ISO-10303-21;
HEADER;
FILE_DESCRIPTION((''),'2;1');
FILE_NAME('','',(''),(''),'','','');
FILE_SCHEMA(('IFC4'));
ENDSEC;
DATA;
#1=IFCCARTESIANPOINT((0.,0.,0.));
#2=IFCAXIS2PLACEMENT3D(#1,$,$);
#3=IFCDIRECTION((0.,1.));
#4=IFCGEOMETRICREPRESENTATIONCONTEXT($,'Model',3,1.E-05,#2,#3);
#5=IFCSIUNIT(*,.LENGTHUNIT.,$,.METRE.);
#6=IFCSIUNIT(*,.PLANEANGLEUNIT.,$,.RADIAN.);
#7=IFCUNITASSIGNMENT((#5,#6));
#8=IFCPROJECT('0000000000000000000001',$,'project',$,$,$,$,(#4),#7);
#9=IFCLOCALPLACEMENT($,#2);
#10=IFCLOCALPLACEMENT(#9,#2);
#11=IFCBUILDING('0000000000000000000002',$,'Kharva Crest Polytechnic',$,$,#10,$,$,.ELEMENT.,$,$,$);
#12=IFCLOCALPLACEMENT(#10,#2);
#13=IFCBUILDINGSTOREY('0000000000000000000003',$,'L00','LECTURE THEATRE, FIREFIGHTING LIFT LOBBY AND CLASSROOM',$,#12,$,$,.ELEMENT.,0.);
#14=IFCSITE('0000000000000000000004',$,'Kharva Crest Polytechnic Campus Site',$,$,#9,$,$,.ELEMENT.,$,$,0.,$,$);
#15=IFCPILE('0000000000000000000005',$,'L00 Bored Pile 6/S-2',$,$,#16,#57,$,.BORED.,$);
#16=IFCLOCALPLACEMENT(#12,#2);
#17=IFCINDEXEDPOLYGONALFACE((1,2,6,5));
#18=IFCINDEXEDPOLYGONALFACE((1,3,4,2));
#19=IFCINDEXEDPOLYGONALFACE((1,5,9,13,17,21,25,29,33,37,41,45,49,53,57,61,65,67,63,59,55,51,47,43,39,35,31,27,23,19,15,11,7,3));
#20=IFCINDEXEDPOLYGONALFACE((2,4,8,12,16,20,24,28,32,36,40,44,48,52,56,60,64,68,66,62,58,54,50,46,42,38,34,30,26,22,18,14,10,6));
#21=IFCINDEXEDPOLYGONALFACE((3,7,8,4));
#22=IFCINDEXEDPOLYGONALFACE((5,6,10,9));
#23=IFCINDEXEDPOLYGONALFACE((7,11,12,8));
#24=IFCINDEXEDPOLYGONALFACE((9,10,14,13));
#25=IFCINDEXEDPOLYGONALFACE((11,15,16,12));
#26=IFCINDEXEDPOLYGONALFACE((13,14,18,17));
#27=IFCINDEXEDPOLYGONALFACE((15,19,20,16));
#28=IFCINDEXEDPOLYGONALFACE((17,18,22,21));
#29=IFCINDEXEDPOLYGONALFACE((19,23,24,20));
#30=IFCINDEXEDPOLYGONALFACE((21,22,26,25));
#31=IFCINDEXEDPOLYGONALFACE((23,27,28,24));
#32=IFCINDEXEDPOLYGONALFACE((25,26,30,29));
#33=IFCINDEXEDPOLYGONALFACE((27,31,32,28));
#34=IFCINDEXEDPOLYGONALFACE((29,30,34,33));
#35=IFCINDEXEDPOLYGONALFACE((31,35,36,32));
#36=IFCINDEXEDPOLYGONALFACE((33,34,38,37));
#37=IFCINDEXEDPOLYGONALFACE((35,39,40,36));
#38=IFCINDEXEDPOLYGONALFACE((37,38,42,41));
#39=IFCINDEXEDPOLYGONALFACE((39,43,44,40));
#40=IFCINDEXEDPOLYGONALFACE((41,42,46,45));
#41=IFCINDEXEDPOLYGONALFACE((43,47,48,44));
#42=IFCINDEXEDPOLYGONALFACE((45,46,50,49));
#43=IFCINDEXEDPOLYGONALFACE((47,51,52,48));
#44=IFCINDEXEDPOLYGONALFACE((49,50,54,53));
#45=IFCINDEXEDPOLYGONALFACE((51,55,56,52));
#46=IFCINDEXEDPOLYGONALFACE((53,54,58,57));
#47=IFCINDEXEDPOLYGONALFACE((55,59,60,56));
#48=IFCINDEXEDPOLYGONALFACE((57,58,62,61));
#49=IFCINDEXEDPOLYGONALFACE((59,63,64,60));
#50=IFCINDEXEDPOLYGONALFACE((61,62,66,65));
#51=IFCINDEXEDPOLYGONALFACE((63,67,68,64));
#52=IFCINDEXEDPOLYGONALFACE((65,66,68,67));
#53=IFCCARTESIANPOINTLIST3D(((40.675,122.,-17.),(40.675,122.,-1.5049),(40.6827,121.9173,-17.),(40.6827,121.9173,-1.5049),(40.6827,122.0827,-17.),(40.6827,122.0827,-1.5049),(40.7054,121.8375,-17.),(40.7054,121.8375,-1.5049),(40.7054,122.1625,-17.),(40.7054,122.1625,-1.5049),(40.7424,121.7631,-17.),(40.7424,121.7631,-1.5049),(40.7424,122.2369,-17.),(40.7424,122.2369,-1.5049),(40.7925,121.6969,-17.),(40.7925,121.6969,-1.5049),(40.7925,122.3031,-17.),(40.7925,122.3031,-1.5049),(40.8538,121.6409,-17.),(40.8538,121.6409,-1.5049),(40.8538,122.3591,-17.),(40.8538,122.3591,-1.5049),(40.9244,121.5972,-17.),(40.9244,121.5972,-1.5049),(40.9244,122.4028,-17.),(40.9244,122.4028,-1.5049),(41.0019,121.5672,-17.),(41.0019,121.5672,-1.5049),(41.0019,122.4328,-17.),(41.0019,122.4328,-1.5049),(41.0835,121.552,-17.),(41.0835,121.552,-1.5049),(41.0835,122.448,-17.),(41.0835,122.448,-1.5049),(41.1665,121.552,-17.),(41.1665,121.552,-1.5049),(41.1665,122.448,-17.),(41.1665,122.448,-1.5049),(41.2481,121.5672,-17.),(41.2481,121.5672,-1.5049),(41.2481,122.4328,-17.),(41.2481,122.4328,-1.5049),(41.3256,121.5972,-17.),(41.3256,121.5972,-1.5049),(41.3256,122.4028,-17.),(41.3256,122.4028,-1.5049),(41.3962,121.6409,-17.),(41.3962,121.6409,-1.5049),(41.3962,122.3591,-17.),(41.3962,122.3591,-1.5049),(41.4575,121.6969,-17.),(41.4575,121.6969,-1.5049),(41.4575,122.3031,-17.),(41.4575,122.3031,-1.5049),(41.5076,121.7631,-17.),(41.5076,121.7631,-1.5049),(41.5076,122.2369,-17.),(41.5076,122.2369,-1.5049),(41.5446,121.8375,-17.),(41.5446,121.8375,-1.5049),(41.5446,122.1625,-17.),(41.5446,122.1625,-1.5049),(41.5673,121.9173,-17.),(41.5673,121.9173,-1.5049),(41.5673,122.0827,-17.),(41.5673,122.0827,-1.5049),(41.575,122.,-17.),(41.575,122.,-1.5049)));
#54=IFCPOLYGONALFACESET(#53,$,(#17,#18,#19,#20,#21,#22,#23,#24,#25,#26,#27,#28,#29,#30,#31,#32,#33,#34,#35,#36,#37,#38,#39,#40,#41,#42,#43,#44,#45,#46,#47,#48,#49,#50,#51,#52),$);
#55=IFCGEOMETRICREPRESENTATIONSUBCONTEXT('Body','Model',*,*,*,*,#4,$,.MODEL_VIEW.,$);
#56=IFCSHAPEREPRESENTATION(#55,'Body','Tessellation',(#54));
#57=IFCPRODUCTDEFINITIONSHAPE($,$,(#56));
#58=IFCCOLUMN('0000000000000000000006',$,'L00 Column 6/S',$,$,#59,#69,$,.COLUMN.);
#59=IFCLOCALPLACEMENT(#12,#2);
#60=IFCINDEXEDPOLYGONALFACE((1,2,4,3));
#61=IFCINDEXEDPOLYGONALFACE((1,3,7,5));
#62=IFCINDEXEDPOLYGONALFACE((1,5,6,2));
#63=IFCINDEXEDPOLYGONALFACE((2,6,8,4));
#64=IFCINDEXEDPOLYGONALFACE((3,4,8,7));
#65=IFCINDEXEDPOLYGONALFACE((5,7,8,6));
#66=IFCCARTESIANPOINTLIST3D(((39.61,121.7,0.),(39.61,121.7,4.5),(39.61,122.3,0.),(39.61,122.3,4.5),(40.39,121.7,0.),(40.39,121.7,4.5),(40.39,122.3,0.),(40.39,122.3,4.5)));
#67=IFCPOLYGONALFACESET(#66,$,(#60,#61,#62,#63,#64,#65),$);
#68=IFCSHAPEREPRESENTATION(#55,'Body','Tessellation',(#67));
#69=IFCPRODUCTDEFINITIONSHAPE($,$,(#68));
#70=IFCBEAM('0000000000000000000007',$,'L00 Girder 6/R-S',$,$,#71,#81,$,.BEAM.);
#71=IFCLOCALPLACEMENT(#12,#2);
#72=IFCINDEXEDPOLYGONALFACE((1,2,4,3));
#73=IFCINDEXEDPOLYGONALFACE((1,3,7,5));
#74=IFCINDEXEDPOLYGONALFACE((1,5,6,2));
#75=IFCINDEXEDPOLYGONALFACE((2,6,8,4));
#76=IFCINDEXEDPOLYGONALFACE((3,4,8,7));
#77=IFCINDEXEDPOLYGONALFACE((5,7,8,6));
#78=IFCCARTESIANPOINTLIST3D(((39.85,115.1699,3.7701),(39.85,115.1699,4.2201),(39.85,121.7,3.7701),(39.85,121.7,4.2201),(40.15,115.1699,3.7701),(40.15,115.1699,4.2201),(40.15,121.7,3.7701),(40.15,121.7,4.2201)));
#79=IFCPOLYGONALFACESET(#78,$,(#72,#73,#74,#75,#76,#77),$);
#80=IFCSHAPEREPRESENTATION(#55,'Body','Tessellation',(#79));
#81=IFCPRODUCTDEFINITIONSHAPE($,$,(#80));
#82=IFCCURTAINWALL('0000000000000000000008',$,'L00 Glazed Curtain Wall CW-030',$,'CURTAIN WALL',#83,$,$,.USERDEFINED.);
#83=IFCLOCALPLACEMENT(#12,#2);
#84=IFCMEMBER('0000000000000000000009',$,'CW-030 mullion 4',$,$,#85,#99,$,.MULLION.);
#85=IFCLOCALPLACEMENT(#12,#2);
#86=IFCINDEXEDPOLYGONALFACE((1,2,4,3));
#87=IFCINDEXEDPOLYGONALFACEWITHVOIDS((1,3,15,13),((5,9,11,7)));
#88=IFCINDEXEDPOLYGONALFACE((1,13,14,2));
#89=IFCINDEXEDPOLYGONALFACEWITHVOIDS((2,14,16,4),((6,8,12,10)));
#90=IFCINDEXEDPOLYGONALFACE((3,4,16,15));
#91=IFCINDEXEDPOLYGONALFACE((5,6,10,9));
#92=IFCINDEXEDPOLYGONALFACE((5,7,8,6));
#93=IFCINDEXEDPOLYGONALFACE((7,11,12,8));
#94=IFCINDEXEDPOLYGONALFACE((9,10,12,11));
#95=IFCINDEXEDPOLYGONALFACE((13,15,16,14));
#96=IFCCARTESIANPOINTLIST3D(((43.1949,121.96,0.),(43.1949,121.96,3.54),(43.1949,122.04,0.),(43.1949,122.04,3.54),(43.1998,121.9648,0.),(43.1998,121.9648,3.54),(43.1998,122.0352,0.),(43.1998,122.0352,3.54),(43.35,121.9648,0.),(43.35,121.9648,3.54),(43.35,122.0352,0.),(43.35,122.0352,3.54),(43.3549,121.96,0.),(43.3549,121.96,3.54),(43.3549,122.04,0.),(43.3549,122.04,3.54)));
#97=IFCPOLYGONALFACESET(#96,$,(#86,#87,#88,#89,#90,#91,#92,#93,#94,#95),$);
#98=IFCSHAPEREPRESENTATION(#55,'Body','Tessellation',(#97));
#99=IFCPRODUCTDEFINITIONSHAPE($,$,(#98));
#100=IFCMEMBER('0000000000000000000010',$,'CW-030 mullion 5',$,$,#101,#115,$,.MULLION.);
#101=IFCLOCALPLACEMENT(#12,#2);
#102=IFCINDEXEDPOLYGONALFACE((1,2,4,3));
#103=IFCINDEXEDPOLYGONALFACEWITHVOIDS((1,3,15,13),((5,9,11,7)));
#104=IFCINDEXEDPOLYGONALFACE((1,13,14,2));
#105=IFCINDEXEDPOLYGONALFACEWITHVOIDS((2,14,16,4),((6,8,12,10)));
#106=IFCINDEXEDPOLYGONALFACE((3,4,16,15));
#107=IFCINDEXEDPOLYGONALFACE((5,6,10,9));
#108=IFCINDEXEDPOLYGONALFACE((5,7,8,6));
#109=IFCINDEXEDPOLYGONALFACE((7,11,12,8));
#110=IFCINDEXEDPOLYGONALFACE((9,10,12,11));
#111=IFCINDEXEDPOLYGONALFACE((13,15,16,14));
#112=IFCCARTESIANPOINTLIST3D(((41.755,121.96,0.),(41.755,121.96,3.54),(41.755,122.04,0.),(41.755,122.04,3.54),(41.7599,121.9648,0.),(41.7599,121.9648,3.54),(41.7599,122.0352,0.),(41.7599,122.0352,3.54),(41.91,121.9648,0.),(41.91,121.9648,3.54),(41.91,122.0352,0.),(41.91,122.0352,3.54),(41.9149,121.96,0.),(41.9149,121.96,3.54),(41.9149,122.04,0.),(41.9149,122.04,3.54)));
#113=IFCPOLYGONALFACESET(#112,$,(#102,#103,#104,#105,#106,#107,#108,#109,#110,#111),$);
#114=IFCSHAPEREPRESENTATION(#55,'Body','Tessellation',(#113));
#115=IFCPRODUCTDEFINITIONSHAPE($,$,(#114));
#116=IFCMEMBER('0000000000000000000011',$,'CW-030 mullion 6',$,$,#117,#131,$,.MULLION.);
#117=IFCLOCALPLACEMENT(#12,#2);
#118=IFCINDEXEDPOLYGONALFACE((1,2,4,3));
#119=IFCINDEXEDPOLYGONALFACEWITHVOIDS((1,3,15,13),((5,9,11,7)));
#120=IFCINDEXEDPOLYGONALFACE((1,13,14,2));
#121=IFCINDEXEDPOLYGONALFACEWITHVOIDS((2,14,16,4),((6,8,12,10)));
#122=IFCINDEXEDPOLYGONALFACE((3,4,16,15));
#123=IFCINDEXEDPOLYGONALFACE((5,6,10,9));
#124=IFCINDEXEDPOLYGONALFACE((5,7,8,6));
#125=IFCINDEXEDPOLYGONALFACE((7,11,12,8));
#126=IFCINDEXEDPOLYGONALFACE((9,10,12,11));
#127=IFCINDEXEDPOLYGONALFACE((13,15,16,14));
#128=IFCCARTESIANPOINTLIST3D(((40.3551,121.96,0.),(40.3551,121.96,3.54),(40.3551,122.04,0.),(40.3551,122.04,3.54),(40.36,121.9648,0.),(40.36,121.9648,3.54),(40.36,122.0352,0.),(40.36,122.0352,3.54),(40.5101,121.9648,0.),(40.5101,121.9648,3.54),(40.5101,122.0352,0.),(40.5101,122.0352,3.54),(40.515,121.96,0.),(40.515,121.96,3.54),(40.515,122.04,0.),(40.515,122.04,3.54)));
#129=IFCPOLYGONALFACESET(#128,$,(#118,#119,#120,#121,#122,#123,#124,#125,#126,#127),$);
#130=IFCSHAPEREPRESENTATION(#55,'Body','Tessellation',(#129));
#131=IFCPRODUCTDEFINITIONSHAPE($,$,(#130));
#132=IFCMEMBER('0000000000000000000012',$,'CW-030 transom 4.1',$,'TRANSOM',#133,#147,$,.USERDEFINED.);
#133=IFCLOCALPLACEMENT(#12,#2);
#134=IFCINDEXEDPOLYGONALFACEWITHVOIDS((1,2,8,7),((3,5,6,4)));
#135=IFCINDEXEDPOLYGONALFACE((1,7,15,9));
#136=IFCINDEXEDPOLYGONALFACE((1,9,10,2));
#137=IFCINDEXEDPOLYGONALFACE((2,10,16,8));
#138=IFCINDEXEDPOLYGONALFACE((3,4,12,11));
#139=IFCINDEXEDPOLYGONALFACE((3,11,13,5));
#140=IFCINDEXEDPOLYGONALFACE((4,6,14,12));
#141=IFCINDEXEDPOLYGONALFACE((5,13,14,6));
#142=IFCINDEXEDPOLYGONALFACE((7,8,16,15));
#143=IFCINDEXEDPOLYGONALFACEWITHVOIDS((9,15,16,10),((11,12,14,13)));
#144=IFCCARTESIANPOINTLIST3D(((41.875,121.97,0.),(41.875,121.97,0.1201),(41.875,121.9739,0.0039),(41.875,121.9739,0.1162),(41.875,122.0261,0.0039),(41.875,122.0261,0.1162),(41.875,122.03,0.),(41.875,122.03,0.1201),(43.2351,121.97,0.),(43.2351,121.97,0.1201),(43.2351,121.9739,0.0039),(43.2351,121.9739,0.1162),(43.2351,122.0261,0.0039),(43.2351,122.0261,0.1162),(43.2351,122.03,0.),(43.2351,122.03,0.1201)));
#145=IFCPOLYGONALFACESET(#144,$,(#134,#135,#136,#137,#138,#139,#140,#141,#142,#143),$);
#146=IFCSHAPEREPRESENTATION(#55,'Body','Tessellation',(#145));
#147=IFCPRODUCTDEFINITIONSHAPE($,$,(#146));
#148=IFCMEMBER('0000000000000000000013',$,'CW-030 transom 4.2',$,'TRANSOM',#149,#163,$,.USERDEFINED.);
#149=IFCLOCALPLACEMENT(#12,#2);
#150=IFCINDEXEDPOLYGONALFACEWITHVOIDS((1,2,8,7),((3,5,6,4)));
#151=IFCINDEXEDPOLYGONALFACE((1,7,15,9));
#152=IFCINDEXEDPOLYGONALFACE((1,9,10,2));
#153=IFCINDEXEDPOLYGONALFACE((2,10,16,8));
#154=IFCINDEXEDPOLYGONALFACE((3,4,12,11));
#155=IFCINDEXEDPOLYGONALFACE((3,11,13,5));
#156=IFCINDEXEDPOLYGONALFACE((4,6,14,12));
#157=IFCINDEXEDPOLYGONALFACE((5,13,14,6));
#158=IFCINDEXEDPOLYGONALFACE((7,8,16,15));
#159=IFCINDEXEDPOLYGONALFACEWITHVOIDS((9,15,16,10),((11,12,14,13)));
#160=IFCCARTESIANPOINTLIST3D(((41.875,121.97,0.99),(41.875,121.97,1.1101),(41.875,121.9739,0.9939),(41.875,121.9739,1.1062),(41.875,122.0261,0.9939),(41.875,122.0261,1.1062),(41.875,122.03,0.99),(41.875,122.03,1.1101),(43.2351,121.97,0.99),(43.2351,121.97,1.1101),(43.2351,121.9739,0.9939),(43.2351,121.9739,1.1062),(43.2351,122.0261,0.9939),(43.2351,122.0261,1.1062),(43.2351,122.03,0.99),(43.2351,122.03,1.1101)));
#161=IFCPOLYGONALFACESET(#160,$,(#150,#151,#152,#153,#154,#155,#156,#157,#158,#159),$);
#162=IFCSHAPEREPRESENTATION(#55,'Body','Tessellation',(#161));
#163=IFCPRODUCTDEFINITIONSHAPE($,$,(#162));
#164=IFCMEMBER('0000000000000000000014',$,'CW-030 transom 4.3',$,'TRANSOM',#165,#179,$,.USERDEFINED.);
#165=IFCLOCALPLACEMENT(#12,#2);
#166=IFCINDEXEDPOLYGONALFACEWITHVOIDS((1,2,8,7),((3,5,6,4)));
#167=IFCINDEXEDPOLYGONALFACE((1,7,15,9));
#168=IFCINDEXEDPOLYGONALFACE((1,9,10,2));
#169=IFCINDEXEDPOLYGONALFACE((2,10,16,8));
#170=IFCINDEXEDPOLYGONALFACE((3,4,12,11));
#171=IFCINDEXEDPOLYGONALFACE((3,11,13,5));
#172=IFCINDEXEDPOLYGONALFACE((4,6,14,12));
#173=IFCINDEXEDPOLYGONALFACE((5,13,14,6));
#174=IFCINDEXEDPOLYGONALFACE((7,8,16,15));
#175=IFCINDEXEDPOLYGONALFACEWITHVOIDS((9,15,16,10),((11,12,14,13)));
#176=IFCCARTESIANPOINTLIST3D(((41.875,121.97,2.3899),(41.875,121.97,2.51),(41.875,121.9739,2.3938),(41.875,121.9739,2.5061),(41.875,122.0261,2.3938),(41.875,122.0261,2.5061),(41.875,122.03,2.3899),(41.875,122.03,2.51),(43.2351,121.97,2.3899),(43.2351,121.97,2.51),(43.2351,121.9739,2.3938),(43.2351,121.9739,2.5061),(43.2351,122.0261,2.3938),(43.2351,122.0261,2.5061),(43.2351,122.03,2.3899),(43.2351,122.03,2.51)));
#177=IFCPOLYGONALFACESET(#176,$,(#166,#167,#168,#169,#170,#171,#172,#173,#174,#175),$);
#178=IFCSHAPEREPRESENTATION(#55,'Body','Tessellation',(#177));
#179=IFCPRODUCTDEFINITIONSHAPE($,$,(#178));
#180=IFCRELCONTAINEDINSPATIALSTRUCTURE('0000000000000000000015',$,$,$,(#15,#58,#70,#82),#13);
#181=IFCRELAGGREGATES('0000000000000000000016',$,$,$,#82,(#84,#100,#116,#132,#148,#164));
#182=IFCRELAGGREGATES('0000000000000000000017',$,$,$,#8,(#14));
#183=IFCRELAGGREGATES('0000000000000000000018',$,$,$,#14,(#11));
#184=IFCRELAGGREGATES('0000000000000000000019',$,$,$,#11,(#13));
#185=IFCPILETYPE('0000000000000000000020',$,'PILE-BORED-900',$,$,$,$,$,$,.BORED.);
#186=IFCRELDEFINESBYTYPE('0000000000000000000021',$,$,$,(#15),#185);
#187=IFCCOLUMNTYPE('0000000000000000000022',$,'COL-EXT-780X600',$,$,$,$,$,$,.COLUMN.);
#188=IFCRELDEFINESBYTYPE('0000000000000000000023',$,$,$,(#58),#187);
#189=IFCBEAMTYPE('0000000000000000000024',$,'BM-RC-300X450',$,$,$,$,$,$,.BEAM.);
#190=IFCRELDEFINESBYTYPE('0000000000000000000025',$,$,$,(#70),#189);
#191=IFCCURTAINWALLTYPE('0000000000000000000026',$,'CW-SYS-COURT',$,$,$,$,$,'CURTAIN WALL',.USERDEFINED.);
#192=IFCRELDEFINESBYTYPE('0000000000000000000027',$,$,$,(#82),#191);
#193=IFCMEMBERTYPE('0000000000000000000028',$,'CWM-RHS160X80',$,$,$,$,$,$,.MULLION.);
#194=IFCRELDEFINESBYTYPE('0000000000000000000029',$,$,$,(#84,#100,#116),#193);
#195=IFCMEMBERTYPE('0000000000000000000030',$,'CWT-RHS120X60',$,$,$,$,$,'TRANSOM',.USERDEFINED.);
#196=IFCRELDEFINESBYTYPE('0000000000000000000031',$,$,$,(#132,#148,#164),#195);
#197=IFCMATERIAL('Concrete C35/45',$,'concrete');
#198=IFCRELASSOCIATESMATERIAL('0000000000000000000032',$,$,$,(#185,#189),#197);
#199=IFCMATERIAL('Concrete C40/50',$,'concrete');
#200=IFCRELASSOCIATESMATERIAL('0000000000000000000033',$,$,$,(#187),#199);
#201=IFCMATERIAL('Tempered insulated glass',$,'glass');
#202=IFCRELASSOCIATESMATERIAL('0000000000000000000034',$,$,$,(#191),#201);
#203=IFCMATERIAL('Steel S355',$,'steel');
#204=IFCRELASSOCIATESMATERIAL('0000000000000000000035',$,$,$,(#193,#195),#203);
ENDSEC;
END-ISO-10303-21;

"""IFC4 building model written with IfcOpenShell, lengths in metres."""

from ifc_helpers import new_model, si_unit, direction, frame, origin, origin_2d, place, context, subcontext, project, spatial, rectangle, hollow_rectangle, circle, extrude, material, material_profile, profile_set, type_object, element, aggregate, save


model = new_model("IFC4")

# Units and contexts
model_context = context("Model", 3, precision=1e-05, world=origin(), true_north=direction((0.0, 1.0)))
body_context = subcontext(model_context, "Body", "Model", "MODEL_VIEW")
ifc_project = project(units=[si_unit("LENGTHUNIT", "METRE"), si_unit("PLANEANGLEUNIT", "RADIAN")], contexts=[model_context])

# Site, building, storey
site_placement = place(None, origin())
site = spatial("IfcSite", under=ifc_project, at=site_placement, Name="Kharva Crest Polytechnic Campus Site", CompositionType="ELEMENT", RefElevation=0.0)
building_placement = place(site_placement, origin())
building = spatial("IfcBuilding", under=site, at=building_placement, Name="Kharva Crest Polytechnic", CompositionType="ELEMENT")
storey_placement = place(building_placement, origin())
storey = spatial("IfcBuildingStorey", under=building, at=storey_placement, Name="L00", Description="LECTURE THEATRE, FIREFIGHTING LIFT LOBBY AND CLASSROOM", CompositionType="ELEMENT", Elevation=0.0)

# Shared definitions
ifc_material_1 = material(Name="Concrete C35/45", Category="concrete")

# Pile
ifc_material_profile_1 = material_profile(ifc_material_1, circle(Radius=0.45, at=origin_2d()), Name="DIA 900")
ifc_profile_set_1 = profile_set([ifc_material_profile_1], Name="Concrete C35/45")
pile_type_1 = type_object("IfcPileType", Name="PILE-BORED-900", PredefinedType="BORED", material=ifc_profile_set_1)
for number, where, z_axis, x_axis, name in (
    (1, (41.125, 122.0, -1.5049), (0.0, 0.0, -1.0), (1.0, 0.0, 0.0), "L00 Bored Pile 6/S-2"),
):
    element("IfcPile", number, at=place(storey_placement, frame(where, z_axis=z_axis, x_axis=x_axis)), inside=storey, type_object=pile_type_1, Name=name, PredefinedType="BORED", context=body_context, shape_type="SweptSolid", body=[
        extrude(circle(Radius=0.45, at=origin_2d()), origin(), (0.0, 0.0, 1.0), 15.4951),
    ])

# Column
ifc_material_2 = material(Name="Concrete C40/50", Category="concrete")
ifc_material_profile_2 = material_profile(ifc_material_2, rectangle(XDim=0.78, YDim=0.6001, at=origin_2d()), Name="RECT 780 X 600")
ifc_profile_set_2 = profile_set([ifc_material_profile_2], Name="Concrete C40/50")
column_type = type_object("IfcColumnType", Name="COL-EXT-780X600", PredefinedType="COLUMN", material=ifc_profile_set_2)
column_placement = place(storey_placement, frame((40.0, 122.0, 0.0), z_axis=(0.0, 0.0, 1.0), x_axis=(1.0, 0.0, 0.0)))
element("IfcColumn", 2, at=column_placement, inside=storey, type_object=column_type, Name="L00 Column 6/S", PredefinedType="COLUMN", context=body_context, shape_type="SweptSolid", body=[
    extrude(rectangle(XDim=0.78, YDim=0.6001, at=origin_2d()), origin(), (0.0, 0.0, 1.0), 4.5),
])

# Beam
ifc_material_profile_3 = material_profile(ifc_material_1, rectangle(XDim=0.3, YDim=0.45, at=origin_2d()), Name="RECT 300 X 450")
ifc_profile_set_3 = profile_set([ifc_material_profile_3], Name="Concrete C35/45")
beam_type_1 = type_object("IfcBeamType", Name="BM-RC-300X450", PredefinedType="BEAM", material=ifc_profile_set_3)
beam_1_placement = place(storey_placement, frame((40.0, 115.1699, 3.9951), z_axis=(0.0, 1.0, 0.0), x_axis=(-1.0, 0.0, 0.0)))
element("IfcBeam", 3, at=beam_1_placement, inside=storey, type_object=beam_type_1, Name="L00 Girder 6/R-S", PredefinedType="BEAM", context=body_context, shape_type="SweptSolid", body=[
    extrude(rectangle(XDim=0.3, YDim=0.45, at=origin_2d()), origin(), (0.0, 0.0, 1.0), 6.53),
])

# Curtain wall, members
ifc_material_3 = material(Name="Tempered insulated glass", Category="glass")
curtain_wall_type = type_object("IfcCurtainWallType", Name="CW-SYS-COURT", ElementType="CURTAIN WALL", PredefinedType="USERDEFINED", material=ifc_material_3)
curtain_wall_placement = place(storey_placement, origin())
curtain_wall = element("IfcCurtainWall", 4, at=curtain_wall_placement, inside=storey, type_object=curtain_wall_type, Name="L00 Glazed Curtain Wall CW-030", ObjectType="CURTAIN WALL", PredefinedType="USERDEFINED")
ifc_material_4 = material(Name="Steel S355", Category="steel")
ifc_material_profile_4 = material_profile(ifc_material_4, hollow_rectangle(XDim=0.0801, YDim=0.1599, WallThickness=0.0049, at=origin_2d()), Name="RHS 160X80X5.0")
ifc_profile_set_4 = profile_set([ifc_material_profile_4], Name="Steel S355")
member_type_1 = type_object("IfcMemberType", Name="CWM-RHS160X80", PredefinedType="MULLION", material=ifc_profile_set_4)
member_1_placement = place(storey_placement, frame((43.2749, 122.0, 0.0), z_axis=(0.0, 0.0, 1.0), x_axis=(0.0, -1.0, 0.0)))
member_1 = element("IfcMember", 5, at=member_1_placement, type_object=member_type_1, Name="CW-030 mullion 4", PredefinedType="MULLION", context=body_context, shape_type="SweptSolid", body=[
    extrude(hollow_rectangle(XDim=0.0801, YDim=0.1599, WallThickness=0.0049, at=origin_2d()), origin(), (0.0, 0.0, 1.0), 3.54),
])
member_2_placement = place(storey_placement, frame((41.835, 122.0, 0.0), z_axis=(0.0, 0.0, 1.0), x_axis=(0.0, -1.0, 0.0)))
member_2 = element("IfcMember", 6, at=member_2_placement, type_object=member_type_1, Name="CW-030 mullion 5", PredefinedType="MULLION", context=body_context, shape_type="SweptSolid", body=[
    extrude(hollow_rectangle(XDim=0.0801, YDim=0.1599, WallThickness=0.0049, at=origin_2d()), origin(), (0.0, 0.0, 1.0), 3.54),
])
member_3_placement = place(storey_placement, frame((40.4351, 122.0, 0.0), z_axis=(0.0, 0.0, 1.0), x_axis=(0.0, -1.0, 0.0)))
member_3 = element("IfcMember", 7, at=member_3_placement, type_object=member_type_1, Name="CW-030 mullion 6", PredefinedType="MULLION", context=body_context, shape_type="SweptSolid", body=[
    extrude(hollow_rectangle(XDim=0.0801, YDim=0.1599, WallThickness=0.0049, at=origin_2d()), origin(), (0.0, 0.0, 1.0), 3.54),
])
ifc_material_profile_5 = material_profile(ifc_material_4, hollow_rectangle(XDim=0.0601, YDim=0.1201, WallThickness=0.0039, at=origin_2d()), Name="RHS 120X60X4.0")
ifc_profile_set_5 = profile_set([ifc_material_profile_5], Name="Steel S355")
member_type_2 = type_object("IfcMemberType", Name="CWT-RHS120X60", ElementType="TRANSOM", PredefinedType="USERDEFINED", material=ifc_profile_set_5)
member_4_placement = place(storey_placement, frame((43.2351, 122.0, 0.0601), z_axis=(-1.0, 0.0, 0.0), x_axis=(0.0, -1.0, 0.0)))
member_4 = element("IfcMember", 8, at=member_4_placement, type_object=member_type_2, Name="CW-030 transom 4.1", ObjectType="TRANSOM", PredefinedType="USERDEFINED", context=body_context, shape_type="SweptSolid", body=[
    extrude(hollow_rectangle(XDim=0.0601, YDim=0.1201, WallThickness=0.0039, at=origin_2d()), origin(), (0.0, 0.0, 1.0), 1.3601),
])
member_5_placement = place(storey_placement, frame((43.2351, 122.0, 1.05), z_axis=(-1.0, 0.0, 0.0), x_axis=(0.0, -1.0, 0.0)))
member_5 = element("IfcMember", 9, at=member_5_placement, type_object=member_type_2, Name="CW-030 transom 4.2", ObjectType="TRANSOM", PredefinedType="USERDEFINED", context=body_context, shape_type="SweptSolid", body=[
    extrude(hollow_rectangle(XDim=0.0601, YDim=0.1201, WallThickness=0.0039, at=origin_2d()), origin(), (0.0, 0.0, 1.0), 1.3601),
])
member_6_placement = place(storey_placement, frame((43.2351, 122.0, 2.45), z_axis=(-1.0, 0.0, 0.0), x_axis=(0.0, -1.0, 0.0)))
member_6 = element("IfcMember", 10, at=member_6_placement, type_object=member_type_2, Name="CW-030 transom 4.3", ObjectType="TRANSOM", PredefinedType="USERDEFINED", context=body_context, shape_type="SweptSolid", body=[
    extrude(hollow_rectangle(XDim=0.0601, YDim=0.1201, WallThickness=0.0039, at=origin_2d()), origin(), (0.0, 0.0, 1.0), 1.3601),
])

aggregate(curtain_wall, [member_1, member_2, member_3, member_4, member_5, member_6])

save(model, "model.ifc")
